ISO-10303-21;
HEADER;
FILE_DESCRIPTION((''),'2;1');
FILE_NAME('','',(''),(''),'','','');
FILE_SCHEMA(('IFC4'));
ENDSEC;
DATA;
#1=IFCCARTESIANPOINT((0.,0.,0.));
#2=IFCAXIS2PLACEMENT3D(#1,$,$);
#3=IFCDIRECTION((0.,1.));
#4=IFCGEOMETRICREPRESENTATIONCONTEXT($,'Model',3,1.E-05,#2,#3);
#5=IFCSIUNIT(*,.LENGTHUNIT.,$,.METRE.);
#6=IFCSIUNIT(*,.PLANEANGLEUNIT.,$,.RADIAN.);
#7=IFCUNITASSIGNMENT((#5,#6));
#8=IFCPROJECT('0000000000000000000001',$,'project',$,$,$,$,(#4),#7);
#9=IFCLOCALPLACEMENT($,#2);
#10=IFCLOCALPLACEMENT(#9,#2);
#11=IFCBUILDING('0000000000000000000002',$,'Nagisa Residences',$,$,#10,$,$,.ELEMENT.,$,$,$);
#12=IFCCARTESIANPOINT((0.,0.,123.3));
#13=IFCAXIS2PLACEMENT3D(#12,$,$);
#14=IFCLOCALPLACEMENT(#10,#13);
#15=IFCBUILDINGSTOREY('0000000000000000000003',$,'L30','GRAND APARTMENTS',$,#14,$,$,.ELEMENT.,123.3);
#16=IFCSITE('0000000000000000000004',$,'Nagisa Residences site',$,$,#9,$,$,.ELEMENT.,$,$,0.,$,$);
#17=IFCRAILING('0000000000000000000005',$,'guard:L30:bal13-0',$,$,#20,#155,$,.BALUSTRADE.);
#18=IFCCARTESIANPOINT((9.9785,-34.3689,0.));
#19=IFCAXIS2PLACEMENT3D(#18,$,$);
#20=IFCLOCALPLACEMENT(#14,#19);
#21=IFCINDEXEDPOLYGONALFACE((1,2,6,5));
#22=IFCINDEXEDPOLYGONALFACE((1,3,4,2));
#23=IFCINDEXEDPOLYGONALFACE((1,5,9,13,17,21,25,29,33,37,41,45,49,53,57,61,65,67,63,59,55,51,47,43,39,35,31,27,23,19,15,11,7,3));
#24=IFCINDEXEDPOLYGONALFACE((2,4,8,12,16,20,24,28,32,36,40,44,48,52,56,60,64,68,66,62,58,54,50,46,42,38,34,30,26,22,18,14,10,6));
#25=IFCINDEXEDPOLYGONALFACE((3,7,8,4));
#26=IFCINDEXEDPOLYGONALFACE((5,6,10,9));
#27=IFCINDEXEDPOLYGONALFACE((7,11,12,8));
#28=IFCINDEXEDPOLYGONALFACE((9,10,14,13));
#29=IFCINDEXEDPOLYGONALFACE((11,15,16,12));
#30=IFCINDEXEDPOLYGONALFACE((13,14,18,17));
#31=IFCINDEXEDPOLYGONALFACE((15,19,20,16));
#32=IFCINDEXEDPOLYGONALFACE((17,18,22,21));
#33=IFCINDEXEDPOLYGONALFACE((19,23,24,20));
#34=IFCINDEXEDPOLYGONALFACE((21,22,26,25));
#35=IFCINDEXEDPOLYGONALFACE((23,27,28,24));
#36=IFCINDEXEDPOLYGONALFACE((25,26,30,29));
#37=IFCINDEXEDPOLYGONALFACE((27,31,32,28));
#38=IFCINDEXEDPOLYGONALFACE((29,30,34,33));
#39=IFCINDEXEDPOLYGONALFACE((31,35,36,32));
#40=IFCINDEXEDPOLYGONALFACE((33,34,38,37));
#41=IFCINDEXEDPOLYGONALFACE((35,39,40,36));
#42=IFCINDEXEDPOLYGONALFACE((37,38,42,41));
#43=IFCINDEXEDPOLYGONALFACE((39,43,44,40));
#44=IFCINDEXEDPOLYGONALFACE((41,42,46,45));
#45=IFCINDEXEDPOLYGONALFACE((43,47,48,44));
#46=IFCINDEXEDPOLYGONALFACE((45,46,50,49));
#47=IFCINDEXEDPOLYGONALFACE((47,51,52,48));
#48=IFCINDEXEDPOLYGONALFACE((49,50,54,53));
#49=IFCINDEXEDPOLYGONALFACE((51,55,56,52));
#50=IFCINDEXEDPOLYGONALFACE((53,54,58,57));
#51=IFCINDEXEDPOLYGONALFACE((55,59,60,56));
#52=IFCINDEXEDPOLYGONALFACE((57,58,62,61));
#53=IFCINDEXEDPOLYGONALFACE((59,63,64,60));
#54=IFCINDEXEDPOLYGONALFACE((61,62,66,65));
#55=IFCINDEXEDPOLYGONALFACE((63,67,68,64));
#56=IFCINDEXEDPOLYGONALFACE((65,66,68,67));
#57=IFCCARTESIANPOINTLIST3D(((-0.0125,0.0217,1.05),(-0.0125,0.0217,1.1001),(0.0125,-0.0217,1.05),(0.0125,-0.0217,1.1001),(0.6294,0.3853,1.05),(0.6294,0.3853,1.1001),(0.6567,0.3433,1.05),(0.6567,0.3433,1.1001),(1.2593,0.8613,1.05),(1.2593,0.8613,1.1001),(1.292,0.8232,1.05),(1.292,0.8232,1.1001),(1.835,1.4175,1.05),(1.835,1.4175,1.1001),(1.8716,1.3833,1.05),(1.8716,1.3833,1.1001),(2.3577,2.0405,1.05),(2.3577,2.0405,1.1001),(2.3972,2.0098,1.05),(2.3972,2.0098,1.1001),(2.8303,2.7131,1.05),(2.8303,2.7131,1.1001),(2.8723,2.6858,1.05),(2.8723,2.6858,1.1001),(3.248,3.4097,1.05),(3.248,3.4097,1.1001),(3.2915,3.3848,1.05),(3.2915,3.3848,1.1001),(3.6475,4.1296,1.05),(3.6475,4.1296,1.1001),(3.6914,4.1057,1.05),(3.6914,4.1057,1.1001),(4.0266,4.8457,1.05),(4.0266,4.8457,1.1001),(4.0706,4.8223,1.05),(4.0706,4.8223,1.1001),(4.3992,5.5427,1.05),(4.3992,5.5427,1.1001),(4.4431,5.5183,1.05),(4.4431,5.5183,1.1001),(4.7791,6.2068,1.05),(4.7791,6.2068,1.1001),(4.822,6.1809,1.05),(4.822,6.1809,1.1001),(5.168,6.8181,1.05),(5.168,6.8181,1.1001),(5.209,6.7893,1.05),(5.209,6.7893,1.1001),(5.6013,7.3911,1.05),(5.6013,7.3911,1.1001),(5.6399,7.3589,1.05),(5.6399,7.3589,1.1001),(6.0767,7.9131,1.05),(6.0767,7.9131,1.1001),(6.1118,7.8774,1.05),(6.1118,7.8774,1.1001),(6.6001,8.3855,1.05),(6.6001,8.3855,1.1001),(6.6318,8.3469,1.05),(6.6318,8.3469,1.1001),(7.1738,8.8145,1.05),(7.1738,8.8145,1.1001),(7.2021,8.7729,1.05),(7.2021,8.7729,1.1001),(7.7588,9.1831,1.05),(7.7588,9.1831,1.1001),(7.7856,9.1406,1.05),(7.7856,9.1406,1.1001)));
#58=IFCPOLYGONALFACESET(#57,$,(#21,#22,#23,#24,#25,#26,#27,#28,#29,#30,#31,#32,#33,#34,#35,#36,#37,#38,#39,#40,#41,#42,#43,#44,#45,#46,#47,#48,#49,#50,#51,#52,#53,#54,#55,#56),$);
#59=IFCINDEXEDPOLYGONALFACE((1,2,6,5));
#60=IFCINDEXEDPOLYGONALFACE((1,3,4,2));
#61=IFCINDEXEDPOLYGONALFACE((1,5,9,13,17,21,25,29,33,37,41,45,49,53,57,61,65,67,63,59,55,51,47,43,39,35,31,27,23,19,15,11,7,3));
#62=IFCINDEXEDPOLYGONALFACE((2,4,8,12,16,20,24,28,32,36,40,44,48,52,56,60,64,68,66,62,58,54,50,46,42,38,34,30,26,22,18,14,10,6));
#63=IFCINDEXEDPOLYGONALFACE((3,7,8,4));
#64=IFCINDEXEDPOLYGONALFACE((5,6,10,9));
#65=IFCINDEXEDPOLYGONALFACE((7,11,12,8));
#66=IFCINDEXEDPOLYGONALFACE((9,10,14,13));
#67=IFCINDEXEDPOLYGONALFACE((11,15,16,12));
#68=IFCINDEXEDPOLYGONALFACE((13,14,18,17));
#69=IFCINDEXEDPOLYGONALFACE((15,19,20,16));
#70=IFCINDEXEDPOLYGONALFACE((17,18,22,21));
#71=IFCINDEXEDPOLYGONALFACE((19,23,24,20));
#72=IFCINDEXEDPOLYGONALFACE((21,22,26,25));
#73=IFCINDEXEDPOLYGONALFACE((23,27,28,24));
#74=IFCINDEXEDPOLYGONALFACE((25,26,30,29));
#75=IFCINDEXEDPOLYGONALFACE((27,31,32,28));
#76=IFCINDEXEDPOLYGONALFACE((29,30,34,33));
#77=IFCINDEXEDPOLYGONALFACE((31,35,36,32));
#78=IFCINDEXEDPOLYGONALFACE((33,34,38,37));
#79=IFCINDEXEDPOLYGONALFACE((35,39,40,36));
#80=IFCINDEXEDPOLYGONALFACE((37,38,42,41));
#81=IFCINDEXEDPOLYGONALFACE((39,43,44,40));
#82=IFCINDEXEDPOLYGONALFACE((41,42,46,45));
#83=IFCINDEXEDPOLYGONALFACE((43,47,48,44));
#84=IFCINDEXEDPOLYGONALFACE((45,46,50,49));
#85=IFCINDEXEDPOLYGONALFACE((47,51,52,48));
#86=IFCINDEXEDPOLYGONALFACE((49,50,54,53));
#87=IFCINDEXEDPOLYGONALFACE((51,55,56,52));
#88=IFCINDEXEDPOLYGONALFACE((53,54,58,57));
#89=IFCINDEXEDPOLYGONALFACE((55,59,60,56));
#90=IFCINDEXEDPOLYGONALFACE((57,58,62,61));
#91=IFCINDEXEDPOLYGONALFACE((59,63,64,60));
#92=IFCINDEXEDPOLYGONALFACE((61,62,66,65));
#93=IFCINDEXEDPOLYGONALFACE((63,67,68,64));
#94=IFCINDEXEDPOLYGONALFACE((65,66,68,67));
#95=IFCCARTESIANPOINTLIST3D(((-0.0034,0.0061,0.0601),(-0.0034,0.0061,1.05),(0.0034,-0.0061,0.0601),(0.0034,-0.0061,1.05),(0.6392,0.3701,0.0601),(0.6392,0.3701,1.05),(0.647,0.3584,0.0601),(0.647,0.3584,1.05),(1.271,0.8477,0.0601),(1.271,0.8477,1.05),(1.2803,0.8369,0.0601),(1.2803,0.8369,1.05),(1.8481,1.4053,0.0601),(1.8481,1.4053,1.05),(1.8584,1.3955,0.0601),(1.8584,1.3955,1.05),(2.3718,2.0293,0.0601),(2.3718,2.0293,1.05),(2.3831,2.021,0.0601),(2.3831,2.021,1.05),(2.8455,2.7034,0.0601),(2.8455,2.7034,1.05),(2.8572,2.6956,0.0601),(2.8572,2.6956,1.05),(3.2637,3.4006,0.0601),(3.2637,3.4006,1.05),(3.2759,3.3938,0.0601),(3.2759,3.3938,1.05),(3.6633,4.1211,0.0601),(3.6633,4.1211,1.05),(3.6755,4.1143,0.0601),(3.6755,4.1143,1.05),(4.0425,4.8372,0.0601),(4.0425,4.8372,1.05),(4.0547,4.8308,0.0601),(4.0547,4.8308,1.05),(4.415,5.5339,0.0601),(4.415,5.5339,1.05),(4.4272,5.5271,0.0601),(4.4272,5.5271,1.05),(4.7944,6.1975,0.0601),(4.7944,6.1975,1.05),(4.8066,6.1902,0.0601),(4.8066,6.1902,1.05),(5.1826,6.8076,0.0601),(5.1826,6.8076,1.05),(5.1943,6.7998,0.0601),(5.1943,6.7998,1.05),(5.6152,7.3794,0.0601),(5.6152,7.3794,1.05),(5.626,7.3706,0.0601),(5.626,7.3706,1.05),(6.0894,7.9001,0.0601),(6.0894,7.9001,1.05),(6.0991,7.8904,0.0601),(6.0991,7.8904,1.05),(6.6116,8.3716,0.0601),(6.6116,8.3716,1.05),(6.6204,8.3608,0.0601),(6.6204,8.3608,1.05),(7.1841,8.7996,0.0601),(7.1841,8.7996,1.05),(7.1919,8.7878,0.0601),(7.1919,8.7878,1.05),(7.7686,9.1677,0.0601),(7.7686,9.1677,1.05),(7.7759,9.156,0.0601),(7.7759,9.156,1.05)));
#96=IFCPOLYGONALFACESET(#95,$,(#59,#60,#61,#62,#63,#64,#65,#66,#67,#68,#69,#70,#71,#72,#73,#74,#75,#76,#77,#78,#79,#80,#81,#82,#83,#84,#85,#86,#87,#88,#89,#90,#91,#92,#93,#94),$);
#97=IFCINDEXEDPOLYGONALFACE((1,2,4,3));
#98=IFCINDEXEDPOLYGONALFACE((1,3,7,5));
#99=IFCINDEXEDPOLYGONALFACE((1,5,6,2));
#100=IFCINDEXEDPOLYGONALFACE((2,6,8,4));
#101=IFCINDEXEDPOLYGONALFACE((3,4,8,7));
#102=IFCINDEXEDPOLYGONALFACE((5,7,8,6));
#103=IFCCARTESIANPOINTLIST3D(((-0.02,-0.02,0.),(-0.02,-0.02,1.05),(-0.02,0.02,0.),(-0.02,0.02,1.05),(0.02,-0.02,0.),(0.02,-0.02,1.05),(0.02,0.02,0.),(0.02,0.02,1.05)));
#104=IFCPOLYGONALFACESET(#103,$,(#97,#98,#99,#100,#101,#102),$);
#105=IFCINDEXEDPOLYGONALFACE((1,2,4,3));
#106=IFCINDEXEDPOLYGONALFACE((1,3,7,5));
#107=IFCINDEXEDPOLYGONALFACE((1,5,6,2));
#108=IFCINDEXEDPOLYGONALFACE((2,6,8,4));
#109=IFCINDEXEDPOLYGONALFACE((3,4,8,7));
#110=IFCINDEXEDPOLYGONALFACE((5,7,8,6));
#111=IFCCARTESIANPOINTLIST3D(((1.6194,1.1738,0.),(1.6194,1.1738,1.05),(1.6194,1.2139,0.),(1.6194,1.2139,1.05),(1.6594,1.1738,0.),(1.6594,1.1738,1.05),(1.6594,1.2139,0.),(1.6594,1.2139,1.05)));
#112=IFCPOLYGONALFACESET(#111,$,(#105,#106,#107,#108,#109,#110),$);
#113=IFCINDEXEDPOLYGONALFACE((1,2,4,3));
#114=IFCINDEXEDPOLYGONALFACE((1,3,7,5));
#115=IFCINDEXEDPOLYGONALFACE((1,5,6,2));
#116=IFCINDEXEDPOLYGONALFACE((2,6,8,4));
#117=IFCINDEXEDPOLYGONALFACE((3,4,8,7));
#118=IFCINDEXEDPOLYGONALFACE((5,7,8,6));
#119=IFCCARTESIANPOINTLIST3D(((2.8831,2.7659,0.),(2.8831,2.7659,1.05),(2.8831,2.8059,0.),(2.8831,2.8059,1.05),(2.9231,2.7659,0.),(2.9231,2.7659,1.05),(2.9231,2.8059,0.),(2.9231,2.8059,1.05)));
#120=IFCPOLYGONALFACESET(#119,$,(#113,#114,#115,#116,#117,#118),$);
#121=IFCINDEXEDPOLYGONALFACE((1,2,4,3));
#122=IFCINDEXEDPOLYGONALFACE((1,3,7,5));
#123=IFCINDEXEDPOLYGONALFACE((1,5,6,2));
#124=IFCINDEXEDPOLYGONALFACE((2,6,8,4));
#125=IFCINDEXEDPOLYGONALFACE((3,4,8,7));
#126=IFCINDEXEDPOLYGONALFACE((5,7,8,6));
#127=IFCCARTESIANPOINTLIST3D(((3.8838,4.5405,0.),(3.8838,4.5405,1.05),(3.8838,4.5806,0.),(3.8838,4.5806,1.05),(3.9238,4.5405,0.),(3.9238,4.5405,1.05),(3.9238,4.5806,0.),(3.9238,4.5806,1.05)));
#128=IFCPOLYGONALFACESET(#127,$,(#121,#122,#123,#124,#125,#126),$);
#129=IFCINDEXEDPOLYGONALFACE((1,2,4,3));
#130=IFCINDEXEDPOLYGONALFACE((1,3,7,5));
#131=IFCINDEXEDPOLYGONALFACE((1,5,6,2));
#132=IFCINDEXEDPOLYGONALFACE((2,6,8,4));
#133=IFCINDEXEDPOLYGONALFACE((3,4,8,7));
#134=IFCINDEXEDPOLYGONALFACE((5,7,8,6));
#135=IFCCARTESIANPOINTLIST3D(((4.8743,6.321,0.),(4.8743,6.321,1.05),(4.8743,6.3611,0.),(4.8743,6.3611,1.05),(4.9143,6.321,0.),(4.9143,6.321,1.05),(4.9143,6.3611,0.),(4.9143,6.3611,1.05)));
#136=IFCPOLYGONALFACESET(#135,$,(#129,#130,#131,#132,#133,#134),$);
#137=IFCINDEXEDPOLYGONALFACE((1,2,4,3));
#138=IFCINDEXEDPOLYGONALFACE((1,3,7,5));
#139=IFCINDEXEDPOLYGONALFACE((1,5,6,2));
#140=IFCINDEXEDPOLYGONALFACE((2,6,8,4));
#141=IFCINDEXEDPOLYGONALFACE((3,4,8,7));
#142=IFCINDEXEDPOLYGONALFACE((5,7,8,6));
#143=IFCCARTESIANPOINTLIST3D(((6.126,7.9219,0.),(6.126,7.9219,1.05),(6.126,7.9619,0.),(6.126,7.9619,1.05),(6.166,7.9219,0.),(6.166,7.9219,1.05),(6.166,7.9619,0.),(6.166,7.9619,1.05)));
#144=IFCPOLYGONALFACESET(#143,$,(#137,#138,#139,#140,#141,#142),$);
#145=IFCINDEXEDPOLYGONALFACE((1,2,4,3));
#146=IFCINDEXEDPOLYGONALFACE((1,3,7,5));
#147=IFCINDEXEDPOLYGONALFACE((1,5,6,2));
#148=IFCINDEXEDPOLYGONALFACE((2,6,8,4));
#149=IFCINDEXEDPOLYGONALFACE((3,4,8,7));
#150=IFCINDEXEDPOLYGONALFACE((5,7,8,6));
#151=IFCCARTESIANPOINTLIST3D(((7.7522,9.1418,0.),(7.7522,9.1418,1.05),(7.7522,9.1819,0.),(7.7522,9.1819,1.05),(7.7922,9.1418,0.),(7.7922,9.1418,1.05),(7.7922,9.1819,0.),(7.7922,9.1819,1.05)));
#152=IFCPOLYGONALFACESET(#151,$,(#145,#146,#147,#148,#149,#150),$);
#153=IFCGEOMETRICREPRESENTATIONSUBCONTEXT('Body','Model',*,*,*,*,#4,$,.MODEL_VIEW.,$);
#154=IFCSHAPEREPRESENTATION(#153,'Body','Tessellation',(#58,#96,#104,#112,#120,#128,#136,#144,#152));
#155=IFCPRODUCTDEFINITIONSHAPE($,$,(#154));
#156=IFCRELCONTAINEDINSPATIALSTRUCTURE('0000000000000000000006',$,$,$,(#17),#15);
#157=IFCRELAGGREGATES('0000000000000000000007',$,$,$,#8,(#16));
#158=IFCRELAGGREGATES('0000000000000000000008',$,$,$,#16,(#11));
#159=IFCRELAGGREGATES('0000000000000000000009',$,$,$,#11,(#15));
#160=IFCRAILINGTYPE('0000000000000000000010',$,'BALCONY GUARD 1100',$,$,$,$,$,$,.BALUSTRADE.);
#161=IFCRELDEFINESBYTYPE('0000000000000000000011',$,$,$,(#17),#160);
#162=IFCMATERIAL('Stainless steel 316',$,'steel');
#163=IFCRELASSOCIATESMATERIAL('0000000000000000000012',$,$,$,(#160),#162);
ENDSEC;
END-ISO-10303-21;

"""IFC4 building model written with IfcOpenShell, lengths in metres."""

from ifc_helpers import new_model, si_unit, direction, frame, origin, origin_2d, place, context, subcontext, project, spatial, polyline, rectangle, outline, extrude, material, type_object, element, save


model = new_model("IFC4")

# Units and contexts
model_context = context("Model", 3, precision=1e-05, world=origin(), true_north=direction((0.0, 1.0)))
body_context = subcontext(model_context, "Body", "Model", "MODEL_VIEW")
ifc_project = project(units=[si_unit("LENGTHUNIT", "METRE"), si_unit("PLANEANGLEUNIT", "RADIAN")], contexts=[model_context])

# Site, building, storey
site_placement = place(None, origin())
site = spatial("IfcSite", under=ifc_project, at=site_placement, Name="Nagisa Residences site", CompositionType="ELEMENT", RefElevation=0.0)
building_placement = place(site_placement, origin())
building = spatial("IfcBuilding", under=site, at=building_placement, Name="Nagisa Residences", CompositionType="ELEMENT")
storey_placement = place(building_placement, frame((0.0, 0.0, 123.3)))
storey = spatial("IfcBuildingStorey", under=building, at=storey_placement, Name="L30", Description="GRAND APARTMENTS", CompositionType="ELEMENT", Elevation=123.3)

# Railing
ifc_material_1 = material(Name="Stainless steel 316", Category="steel")
railing_type = type_object("IfcRailingType", Name="BALCONY GUARD 1100", PredefinedType="BALUSTRADE", material=ifc_material_1)
railing_placement = place(storey_placement, frame((9.9785, -34.3689, 0.0)))
element("IfcRailing", 1, at=railing_placement, inside=storey, type_object=railing_type, Name="guard:L30:bal13-0", PredefinedType="BALUSTRADE", context=body_context, shape_type="SweptSolid", body=[
    extrude(outline(polyline([(0.6294, 0.3853), (-0.0125, 0.0217), (0.0125, -0.0217), (0.6567, 0.3433), (1.292, 0.8232), (1.8716, 1.3833), (2.3972, 2.0098), (2.8723, 2.6858), (3.2915, 3.3848), (3.6914, 4.1057), (4.0706, 4.8223), (4.4431, 5.5183), (4.822, 6.1809), (5.209, 6.7893), (5.6399, 7.3589), (6.1118, 7.8774), (6.6318, 8.3469), (7.2021, 8.7729), (7.7856, 9.1406), (7.7588, 9.1831), (7.1738, 8.8145), (6.6001, 8.3855), (6.0767, 7.9131), (5.6013, 7.3911), (5.168, 6.8181), (4.7791, 6.2068), (4.3992, 5.5427), (4.0266, 4.8457), (3.6475, 4.1296), (3.248, 3.4097), (2.8303, 2.7131), (2.3577, 2.0405), (1.835, 1.4175), (1.2593, 0.8613), (0.6294, 0.3853)])), frame((0.0, 0.0, 1.05)), (0.0, 0.0, 1.0), 0.05),
    extrude(outline(polyline([(0.6392, 0.3701), (-0.0034, 0.0061), (0.0034, -0.0061), (0.647, 0.3584), (1.2803, 0.8369), (1.8584, 1.3955), (2.3831, 2.021), (2.8572, 2.6956), (3.2759, 3.3938), (3.6755, 4.1143), (4.0547, 4.8308), (4.4272, 5.5271), (4.8066, 6.1902), (5.1943, 6.7998), (5.626, 7.3706), (6.0991, 7.8904), (6.6204, 8.3608), (7.1919, 8.7878), (7.7759, 9.156), (7.7686, 9.1677), (7.1841, 8.7996), (6.6116, 8.3716), (6.0894, 7.9001), (5.6152, 7.3794), (5.1826, 6.8076), (4.7944, 6.1975), (4.415, 5.5339), (4.0425, 4.8372), (3.6633, 4.1211), (3.2637, 3.4006), (2.8455, 2.7034), (2.3718, 2.0293), (1.8481, 1.4053), (1.271, 0.8477), (0.6392, 0.3701)])), frame((0.0, 0.0, 0.0601)), (0.0, 0.0, 1.0), 0.99),
    extrude(rectangle(XDim=0.04, YDim=0.04, at=origin_2d()), origin(), (0.0, 0.0, 1.0), 1.05),
    extrude(rectangle(XDim=0.04, YDim=0.04, at=origin_2d()), frame((1.6394, 1.1938, 0.0)), (0.0, 0.0, 1.0), 1.05),
    extrude(rectangle(XDim=0.04, YDim=0.04, at=origin_2d()), frame((2.9031, 2.7859, 0.0)), (0.0, 0.0, 1.0), 1.05),
    extrude(rectangle(XDim=0.04, YDim=0.04, at=origin_2d()), frame((3.9038, 4.5605, 0.0)), (0.0, 0.0, 1.0), 1.05),
    extrude(rectangle(XDim=0.04, YDim=0.04, at=origin_2d()), frame((4.8943, 6.3411, 0.0)), (0.0, 0.0, 1.0), 1.05),
    extrude(rectangle(XDim=0.04, YDim=0.04, at=origin_2d()), frame((6.146, 7.9419, 0.0)), (0.0, 0.0, 1.0), 1.05),
    extrude(rectangle(XDim=0.04, YDim=0.04, at=origin_2d()), frame((7.7722, 9.1619, 0.0)), (0.0, 0.0, 1.0), 1.05),
])

save(model, "model.ifc")
